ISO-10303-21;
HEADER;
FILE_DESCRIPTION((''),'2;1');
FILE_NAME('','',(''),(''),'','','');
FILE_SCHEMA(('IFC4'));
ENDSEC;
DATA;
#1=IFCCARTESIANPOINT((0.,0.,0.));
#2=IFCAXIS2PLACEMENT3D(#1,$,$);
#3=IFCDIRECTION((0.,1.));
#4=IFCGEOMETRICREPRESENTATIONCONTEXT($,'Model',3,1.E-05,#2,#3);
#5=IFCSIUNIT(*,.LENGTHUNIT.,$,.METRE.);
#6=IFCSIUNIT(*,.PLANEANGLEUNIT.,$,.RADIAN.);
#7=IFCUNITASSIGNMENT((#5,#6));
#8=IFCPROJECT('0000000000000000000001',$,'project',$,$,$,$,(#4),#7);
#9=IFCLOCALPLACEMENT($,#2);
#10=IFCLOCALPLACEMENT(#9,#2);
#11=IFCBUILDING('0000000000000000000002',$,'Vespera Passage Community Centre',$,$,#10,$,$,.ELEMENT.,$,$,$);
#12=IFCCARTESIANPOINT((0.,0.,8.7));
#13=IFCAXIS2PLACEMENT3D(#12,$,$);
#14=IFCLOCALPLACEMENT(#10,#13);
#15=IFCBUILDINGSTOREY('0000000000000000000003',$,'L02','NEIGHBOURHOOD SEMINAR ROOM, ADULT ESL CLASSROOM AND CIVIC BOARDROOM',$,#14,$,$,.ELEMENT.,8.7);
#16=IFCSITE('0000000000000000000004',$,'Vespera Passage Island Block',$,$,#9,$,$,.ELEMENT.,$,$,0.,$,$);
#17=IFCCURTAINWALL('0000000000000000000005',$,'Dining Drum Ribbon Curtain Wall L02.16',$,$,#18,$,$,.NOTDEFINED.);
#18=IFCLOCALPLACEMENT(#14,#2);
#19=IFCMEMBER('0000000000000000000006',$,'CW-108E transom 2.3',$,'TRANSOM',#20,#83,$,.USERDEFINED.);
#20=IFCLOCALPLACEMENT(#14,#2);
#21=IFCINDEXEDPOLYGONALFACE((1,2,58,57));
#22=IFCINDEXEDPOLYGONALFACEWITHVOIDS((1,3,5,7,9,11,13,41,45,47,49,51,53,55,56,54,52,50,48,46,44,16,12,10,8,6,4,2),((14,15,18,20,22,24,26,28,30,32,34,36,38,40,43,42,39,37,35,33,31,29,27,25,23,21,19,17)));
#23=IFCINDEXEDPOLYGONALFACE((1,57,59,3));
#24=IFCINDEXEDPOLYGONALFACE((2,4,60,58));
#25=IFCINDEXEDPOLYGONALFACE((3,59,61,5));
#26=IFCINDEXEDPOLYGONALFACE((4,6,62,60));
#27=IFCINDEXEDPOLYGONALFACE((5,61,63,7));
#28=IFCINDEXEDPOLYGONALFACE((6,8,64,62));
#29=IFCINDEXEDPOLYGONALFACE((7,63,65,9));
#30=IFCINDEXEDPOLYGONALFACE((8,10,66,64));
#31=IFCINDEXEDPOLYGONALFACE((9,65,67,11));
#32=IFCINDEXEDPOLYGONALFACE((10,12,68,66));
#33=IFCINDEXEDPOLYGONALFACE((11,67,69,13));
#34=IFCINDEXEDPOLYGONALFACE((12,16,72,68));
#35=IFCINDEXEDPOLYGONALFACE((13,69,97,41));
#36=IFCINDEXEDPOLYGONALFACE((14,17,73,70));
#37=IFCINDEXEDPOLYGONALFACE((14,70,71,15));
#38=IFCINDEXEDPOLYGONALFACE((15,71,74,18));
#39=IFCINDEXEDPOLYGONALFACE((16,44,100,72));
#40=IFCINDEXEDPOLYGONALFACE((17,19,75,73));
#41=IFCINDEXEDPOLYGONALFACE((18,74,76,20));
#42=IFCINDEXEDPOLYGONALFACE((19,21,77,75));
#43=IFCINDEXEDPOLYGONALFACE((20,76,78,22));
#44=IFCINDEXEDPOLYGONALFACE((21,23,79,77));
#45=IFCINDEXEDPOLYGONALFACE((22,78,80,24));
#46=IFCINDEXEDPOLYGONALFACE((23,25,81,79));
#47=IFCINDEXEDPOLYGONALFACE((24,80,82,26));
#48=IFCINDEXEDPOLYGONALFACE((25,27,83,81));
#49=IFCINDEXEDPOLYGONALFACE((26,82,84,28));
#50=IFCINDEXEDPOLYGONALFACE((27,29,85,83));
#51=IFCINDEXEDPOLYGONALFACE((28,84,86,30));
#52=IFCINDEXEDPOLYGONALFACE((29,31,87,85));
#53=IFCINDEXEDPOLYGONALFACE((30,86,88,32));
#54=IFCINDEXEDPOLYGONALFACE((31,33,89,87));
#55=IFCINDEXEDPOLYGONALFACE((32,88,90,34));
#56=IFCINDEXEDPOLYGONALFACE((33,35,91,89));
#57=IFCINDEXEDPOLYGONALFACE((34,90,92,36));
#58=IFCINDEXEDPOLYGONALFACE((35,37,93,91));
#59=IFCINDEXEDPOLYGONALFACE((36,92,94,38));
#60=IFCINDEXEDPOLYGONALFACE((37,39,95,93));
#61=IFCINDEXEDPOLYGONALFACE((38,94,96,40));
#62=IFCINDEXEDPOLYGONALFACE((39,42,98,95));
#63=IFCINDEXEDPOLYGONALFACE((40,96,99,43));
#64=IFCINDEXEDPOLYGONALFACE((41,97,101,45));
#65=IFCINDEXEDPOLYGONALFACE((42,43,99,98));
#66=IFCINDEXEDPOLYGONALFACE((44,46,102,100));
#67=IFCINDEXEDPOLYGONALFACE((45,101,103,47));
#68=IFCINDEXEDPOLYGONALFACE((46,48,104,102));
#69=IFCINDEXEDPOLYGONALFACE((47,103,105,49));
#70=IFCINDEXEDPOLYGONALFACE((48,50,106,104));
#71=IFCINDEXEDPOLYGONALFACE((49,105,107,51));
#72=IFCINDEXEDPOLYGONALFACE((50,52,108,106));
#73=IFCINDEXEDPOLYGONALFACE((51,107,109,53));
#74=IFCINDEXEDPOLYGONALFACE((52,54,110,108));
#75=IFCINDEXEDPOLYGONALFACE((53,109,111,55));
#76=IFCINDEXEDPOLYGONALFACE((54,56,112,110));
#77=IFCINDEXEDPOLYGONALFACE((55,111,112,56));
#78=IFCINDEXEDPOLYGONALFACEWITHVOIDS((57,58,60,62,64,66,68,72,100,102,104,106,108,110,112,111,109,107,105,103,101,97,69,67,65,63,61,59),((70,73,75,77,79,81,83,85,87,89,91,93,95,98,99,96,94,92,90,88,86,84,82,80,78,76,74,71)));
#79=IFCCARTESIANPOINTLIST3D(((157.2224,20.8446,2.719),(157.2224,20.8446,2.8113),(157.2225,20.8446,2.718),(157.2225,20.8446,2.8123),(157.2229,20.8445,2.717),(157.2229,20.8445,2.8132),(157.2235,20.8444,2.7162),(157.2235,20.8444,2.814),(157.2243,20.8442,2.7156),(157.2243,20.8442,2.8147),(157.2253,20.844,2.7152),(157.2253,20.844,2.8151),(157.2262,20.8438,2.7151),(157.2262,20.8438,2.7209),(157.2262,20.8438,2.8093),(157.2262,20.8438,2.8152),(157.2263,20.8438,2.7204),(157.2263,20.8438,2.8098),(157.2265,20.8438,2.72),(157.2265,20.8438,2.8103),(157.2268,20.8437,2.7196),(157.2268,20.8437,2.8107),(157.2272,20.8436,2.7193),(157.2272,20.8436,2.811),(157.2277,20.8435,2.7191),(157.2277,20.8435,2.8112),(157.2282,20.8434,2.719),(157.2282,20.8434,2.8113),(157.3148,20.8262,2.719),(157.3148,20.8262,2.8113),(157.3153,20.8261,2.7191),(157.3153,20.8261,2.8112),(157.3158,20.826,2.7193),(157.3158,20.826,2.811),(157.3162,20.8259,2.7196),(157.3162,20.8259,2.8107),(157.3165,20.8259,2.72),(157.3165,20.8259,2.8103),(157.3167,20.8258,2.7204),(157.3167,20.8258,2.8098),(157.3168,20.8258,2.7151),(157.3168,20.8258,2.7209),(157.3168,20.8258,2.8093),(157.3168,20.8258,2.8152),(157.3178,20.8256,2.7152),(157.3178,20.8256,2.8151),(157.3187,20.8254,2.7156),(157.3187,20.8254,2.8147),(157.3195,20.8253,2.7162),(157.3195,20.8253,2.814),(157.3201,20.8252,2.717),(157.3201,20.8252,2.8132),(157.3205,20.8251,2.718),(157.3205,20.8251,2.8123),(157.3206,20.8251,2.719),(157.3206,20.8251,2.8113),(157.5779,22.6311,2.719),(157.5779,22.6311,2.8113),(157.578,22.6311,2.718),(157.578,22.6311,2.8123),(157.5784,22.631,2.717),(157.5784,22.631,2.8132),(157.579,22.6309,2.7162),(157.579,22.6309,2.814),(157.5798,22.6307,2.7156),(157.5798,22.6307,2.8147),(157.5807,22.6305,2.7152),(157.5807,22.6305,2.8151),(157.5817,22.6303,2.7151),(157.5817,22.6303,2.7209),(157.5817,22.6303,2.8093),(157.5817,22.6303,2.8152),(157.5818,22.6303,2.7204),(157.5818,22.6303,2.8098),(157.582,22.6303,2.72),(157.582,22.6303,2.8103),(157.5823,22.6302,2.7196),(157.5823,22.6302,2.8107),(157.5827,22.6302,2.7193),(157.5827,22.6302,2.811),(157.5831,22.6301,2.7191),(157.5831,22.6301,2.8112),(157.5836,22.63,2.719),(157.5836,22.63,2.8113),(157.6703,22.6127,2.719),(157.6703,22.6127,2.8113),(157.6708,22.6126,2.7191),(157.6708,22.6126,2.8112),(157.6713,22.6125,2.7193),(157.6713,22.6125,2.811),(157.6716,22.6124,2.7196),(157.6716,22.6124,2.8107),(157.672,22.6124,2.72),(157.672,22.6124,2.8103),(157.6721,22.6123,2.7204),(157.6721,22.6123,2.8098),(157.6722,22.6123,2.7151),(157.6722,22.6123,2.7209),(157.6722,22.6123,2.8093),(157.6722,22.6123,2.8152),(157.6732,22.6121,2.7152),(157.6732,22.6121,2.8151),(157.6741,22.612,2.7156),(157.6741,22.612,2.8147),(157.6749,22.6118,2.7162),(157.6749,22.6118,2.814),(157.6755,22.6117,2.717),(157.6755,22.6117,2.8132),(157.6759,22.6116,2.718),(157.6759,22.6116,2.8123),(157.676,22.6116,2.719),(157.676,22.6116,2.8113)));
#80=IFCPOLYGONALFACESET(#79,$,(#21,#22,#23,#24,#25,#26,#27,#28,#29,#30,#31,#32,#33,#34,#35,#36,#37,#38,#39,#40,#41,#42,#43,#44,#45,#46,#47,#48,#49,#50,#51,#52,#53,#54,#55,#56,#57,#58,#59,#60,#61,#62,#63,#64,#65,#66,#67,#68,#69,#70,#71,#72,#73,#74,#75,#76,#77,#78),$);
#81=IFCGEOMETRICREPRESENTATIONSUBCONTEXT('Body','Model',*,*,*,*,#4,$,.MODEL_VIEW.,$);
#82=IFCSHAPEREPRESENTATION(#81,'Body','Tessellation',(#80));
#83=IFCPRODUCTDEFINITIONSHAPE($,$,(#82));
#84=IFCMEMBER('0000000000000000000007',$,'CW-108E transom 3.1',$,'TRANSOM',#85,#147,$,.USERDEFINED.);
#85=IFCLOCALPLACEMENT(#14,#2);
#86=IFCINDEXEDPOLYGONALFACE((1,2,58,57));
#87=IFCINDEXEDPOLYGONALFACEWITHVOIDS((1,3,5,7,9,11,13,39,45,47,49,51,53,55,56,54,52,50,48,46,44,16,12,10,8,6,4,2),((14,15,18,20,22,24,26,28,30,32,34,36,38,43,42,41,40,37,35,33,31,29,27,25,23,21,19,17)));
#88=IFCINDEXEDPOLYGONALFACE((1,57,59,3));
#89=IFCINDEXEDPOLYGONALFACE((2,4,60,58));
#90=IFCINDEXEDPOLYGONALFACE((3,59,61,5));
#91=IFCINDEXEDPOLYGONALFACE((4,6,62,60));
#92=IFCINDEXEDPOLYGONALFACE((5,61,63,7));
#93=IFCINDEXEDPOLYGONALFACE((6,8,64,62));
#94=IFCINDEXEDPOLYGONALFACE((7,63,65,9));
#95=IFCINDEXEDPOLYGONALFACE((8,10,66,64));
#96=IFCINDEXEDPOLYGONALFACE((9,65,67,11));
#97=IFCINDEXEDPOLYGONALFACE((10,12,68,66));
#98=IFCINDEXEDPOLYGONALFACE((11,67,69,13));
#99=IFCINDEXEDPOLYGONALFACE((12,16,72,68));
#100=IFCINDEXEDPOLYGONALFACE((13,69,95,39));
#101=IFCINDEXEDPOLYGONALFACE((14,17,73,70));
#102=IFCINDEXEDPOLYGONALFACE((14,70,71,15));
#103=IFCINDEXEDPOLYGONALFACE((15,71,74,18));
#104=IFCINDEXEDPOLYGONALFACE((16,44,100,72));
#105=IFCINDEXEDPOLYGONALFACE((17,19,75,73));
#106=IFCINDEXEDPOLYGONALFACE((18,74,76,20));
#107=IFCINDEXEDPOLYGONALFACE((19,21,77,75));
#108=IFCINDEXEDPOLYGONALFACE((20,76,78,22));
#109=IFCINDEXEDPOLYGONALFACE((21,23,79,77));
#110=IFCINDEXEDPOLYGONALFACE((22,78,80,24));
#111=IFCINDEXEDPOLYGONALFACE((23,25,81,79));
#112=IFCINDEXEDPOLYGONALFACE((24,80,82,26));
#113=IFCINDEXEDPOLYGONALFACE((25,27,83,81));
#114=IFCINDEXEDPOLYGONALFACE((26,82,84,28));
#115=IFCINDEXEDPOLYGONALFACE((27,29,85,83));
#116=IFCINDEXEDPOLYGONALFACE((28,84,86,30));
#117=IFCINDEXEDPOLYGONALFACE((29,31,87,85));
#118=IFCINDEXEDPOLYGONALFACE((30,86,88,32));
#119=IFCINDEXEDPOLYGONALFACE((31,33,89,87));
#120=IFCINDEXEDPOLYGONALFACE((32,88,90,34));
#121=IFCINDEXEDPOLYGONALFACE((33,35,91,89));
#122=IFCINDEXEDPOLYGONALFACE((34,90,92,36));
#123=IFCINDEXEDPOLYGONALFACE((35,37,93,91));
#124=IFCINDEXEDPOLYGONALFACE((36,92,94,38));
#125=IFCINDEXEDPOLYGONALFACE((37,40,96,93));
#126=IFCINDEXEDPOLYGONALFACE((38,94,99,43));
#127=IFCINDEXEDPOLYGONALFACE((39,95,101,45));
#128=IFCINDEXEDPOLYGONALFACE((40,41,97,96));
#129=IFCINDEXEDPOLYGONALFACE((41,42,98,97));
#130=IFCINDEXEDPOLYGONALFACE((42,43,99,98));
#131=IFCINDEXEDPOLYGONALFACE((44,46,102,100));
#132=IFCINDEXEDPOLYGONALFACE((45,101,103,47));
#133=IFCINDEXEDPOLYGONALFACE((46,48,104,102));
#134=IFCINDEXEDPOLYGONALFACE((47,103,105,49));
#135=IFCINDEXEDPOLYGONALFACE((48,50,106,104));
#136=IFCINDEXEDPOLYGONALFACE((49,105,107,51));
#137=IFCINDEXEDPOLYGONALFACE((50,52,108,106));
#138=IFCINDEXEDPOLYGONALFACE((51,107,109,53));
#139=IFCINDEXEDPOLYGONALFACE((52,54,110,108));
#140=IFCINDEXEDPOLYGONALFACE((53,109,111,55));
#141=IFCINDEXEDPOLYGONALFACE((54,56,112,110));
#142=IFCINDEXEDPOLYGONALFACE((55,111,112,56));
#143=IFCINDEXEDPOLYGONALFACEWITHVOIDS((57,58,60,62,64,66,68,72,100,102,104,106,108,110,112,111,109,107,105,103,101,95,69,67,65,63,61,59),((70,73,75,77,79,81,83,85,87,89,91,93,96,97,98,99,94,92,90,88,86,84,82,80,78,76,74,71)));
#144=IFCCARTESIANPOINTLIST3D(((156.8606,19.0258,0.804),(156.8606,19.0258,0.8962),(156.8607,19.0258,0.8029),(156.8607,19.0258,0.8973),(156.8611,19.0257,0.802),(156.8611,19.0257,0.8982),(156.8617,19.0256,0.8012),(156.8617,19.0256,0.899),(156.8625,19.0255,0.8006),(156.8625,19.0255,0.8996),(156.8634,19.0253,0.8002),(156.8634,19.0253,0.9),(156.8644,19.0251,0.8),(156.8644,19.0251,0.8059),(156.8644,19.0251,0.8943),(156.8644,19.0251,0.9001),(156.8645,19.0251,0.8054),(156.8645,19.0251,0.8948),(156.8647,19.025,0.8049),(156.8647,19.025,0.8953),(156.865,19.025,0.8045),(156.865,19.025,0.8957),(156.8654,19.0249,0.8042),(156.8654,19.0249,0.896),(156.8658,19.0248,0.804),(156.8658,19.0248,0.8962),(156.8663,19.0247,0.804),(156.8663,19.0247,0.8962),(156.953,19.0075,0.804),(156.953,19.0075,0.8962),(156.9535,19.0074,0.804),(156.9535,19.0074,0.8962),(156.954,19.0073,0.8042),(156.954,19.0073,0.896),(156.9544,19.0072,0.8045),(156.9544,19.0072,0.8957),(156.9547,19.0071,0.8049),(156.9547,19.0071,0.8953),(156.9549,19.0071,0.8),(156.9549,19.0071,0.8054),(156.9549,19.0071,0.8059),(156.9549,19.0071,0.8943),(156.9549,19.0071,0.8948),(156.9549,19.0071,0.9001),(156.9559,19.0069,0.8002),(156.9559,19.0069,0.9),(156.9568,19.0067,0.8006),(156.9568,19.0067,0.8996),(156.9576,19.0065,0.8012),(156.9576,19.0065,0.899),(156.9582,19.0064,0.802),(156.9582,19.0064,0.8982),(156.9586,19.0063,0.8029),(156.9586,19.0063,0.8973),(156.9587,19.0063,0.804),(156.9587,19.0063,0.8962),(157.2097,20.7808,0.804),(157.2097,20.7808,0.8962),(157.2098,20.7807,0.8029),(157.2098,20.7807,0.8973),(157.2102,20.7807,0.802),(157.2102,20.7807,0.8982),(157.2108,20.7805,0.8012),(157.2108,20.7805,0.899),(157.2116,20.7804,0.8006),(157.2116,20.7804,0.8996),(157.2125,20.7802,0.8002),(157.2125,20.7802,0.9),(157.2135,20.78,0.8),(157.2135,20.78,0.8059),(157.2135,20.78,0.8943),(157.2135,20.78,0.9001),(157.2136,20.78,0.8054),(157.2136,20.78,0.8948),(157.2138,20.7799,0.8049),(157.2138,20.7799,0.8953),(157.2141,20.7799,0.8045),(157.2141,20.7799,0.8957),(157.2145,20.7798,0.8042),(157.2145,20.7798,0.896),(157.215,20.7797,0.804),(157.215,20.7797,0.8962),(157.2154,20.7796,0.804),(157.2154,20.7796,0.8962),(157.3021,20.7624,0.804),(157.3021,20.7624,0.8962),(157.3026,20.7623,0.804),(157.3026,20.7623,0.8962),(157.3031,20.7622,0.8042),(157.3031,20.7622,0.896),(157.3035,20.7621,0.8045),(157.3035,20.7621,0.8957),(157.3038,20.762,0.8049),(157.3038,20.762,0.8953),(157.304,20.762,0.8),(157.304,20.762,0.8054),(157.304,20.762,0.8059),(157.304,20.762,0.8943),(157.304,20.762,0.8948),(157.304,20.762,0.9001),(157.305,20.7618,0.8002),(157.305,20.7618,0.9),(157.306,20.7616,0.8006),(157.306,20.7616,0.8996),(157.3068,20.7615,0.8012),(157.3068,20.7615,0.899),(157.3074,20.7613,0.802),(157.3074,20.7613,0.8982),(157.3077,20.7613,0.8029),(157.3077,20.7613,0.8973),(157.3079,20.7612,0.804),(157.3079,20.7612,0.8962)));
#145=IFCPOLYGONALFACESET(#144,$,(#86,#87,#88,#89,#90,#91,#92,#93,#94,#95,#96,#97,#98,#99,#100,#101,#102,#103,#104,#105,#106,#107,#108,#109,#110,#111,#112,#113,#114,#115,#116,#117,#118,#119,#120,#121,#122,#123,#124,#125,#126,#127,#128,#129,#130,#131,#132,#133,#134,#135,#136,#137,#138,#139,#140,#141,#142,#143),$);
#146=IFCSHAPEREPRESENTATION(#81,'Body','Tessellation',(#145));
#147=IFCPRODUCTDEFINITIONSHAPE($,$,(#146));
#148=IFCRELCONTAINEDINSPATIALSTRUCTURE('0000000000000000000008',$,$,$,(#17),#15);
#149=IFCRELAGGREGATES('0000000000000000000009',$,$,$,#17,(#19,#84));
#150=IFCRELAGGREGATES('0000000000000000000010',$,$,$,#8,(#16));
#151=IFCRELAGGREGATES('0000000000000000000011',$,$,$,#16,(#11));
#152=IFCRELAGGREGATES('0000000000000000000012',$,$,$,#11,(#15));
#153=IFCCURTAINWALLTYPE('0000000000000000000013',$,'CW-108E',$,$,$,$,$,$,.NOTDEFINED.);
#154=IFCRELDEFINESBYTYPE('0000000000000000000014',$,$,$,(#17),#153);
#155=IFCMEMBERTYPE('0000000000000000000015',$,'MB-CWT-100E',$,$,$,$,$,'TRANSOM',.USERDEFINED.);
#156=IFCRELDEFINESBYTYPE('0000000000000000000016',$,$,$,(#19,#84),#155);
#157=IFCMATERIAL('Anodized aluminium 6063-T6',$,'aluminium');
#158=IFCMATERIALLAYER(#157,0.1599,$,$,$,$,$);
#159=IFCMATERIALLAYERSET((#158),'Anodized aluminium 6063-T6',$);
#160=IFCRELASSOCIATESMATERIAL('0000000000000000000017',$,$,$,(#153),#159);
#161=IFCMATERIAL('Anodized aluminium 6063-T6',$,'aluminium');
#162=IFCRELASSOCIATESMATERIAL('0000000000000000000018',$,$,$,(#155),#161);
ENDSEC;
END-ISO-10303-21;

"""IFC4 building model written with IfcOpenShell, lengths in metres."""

from ifc_helpers import new_model, si_unit, direction, frame, origin, origin_2d, place, context, subcontext, project, spatial, hollow_rectangle, extrude, material, layer, layer_set, material_profile, profile_set, type_object, element, aggregate, save


model = new_model("IFC4")

# Units and contexts
model_context = context("Model", 3, precision=1e-05, world=origin(), true_north=direction((0.0, 1.0)))
body_context = subcontext(model_context, "Body", "Model", "MODEL_VIEW")
ifc_project = project(units=[si_unit("LENGTHUNIT", "METRE"), si_unit("PLANEANGLEUNIT", "RADIAN")], contexts=[model_context])

# Site, building, storey
site_placement = place(None, origin())
site = spatial("IfcSite", under=ifc_project, at=site_placement, Name="Vespera Passage Island Block", CompositionType="ELEMENT", RefElevation=0.0)
building_placement = place(site_placement, origin())
building = spatial("IfcBuilding", under=site, at=building_placement, Name="Vespera Passage Community Centre", CompositionType="ELEMENT")
storey_placement = place(building_placement, frame((0.0, 0.0, 8.7)))
storey = spatial("IfcBuildingStorey", under=building, at=storey_placement, Name="L02", Description="NEIGHBOURHOOD SEMINAR ROOM, ADULT ESL CLASSROOM AND CIVIC BOARDROOM", CompositionType="ELEMENT", Elevation=8.7)

# Curtain wall, members
ifc_material_1 = material(Name="Anodized aluminium 6063-T6", Category="aluminium")
ifc_layer_1 = layer(ifc_material_1, 0.1599)
ifc_layer_set_1 = layer_set([ifc_layer_1], Name="Anodized aluminium 6063-T6")
curtain_wall_type = type_object("IfcCurtainWallType", Name="CW-108E", PredefinedType="NOTDEFINED", material=ifc_layer_set_1)
curtain_wall_placement = place(storey_placement, origin())
curtain_wall = element("IfcCurtainWall", 1, at=curtain_wall_placement, inside=storey, type_object=curtain_wall_type, Name="Dining Drum Ribbon Curtain Wall L02.16", PredefinedType="NOTDEFINED")
ifc_material_2 = material(Name="Anodized aluminium 6063-T6", Category="aluminium")
ifc_material_profile_1 = material_profile(ifc_material_2, hollow_rectangle(XDim=0.1001, YDim=0.1001, WallThickness=0.0039, InnerFilletRadius=0.002, OuterFilletRadius=0.0039, at=origin_2d()), Name="ALU100X100X4")
ifc_profile_set_1 = profile_set([ifc_material_profile_1], Name="Anodized aluminium 6063-T6")
member_type_1 = type_object("IfcMemberType", Name="MB-CWT-100E", ElementType="TRANSOM", PredefinedType="USERDEFINED", material=ifc_profile_set_1)
member_1_placement = place(storey_placement, frame((157.627, 22.6213, 2.7651), z_axis=(-0.195137, -0.980776, 0.0), x_axis=(0.980776, -0.195137, 0.0)))
member_1 = element("IfcMember", 2, at=member_1_placement, type_object=member_type_1, Name="CW-108E transom 2.3", ObjectType="TRANSOM", PredefinedType="USERDEFINED", context=body_context, shape_type="SweptSolid", body=[
    extrude(hollow_rectangle(XDim=0.1001, YDim=0.1001, WallThickness=0.0039, InnerFilletRadius=0.002, OuterFilletRadius=0.0039, at=origin_2d()), origin(), (0.0, 0.0, 1.0), 1.8215),
])
member_2_placement = place(storey_placement, frame((157.2588, 20.771, 0.8501), z_axis=(-0.195119, -0.98078, 0.0), x_axis=(0.98078, -0.195119, 0.0)))
member_2 = element("IfcMember", 3, at=member_2_placement, type_object=member_type_1, Name="CW-108E transom 3.1", ObjectType="TRANSOM", PredefinedType="USERDEFINED", context=body_context, shape_type="SweptSolid", body=[
    extrude(hollow_rectangle(XDim=0.1001, YDim=0.1001, WallThickness=0.0039, InnerFilletRadius=0.002, OuterFilletRadius=0.0039, at=origin_2d()), origin(), (0.0, 0.0, 1.0), 1.7893),
])
aggregate(curtain_wall, [member_1, member_2])

save(model, "model.ifc")
